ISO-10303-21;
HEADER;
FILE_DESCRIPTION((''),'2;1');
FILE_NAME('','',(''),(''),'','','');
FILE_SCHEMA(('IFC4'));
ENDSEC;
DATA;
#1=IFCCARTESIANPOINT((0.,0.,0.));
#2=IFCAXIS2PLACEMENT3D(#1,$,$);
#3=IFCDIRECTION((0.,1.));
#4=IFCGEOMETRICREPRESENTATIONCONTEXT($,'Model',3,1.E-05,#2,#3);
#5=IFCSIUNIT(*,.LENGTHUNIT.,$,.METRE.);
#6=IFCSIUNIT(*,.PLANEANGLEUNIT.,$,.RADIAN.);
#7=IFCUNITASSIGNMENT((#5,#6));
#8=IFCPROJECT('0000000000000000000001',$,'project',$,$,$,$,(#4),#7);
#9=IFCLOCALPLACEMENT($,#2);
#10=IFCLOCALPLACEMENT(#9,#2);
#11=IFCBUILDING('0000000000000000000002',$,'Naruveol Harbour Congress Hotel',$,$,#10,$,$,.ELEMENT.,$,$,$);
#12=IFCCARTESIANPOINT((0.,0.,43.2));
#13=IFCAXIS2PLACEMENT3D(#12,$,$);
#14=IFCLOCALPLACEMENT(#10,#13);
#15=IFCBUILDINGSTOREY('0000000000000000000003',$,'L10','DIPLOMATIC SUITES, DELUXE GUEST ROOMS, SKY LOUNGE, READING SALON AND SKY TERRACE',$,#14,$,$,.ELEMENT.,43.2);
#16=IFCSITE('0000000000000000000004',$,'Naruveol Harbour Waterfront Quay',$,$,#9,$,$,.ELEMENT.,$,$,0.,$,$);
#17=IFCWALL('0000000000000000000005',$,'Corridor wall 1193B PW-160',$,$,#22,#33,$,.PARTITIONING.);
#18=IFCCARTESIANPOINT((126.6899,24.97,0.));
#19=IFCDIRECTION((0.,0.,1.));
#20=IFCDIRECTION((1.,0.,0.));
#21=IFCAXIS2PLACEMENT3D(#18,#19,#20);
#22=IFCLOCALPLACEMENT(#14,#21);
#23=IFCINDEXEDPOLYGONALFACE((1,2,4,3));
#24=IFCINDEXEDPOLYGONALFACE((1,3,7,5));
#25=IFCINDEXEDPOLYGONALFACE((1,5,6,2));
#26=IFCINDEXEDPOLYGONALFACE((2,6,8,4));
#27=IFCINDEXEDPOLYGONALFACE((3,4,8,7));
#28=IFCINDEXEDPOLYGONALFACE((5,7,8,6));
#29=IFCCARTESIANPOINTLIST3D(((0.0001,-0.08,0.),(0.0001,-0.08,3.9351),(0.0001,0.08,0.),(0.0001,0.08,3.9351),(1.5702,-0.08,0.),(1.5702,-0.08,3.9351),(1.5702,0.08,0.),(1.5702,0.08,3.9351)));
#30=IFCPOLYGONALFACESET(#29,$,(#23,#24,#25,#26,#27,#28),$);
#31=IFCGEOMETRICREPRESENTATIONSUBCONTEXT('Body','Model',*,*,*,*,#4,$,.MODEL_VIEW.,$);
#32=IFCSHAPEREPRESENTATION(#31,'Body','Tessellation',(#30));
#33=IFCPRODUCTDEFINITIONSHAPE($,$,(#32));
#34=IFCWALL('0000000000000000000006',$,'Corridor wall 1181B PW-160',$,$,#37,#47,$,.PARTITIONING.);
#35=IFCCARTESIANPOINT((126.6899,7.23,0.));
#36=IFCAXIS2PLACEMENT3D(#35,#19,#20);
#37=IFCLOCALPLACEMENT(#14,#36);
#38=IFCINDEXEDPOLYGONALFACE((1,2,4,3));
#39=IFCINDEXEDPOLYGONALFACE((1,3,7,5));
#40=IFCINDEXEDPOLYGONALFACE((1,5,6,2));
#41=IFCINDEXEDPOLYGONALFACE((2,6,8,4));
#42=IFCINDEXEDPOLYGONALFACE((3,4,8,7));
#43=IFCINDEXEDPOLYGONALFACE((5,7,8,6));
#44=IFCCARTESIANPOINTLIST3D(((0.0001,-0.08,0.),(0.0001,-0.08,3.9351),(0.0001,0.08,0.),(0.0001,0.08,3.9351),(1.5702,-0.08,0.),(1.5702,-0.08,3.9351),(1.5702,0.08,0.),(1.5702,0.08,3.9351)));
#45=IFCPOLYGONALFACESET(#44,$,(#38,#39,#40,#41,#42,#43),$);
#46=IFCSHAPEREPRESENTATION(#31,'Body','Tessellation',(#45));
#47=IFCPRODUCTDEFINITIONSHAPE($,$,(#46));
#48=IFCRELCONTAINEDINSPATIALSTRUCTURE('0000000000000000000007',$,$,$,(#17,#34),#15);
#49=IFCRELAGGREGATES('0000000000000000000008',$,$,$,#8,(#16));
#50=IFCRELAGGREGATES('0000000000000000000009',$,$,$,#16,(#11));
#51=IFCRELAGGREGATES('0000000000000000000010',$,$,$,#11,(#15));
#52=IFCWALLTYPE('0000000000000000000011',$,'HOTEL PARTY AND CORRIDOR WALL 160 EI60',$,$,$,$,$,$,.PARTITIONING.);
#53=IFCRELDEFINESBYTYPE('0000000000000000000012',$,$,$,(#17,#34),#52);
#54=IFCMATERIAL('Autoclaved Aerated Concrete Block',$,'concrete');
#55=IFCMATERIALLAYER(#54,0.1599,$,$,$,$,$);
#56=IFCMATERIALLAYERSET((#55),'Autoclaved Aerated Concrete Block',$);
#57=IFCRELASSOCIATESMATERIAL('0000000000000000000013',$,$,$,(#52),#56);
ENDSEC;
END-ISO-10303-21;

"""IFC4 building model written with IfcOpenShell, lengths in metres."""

from ifc_helpers import new_model, si_unit, direction, frame, frame_2d, origin, place, context, subcontext, project, spatial, rectangle, extrude, material, layer, layer_set, type_object, element, save


model = new_model("IFC4")

# Units and contexts
model_context = context("Model", 3, precision=1e-05, world=origin(), true_north=direction((0.0, 1.0)))
body_context = subcontext(model_context, "Body", "Model", "MODEL_VIEW")
ifc_project = project(units=[si_unit("LENGTHUNIT", "METRE"), si_unit("PLANEANGLEUNIT", "RADIAN")], contexts=[model_context])

# Site, building, storey
site_placement = place(None, origin())
site = spatial("IfcSite", under=ifc_project, at=site_placement, Name="Naruveol Harbour Waterfront Quay", CompositionType="ELEMENT", RefElevation=0.0)
building_placement = place(site_placement, origin())
building = spatial("IfcBuilding", under=site, at=building_placement, Name="Naruveol Harbour Congress Hotel", CompositionType="ELEMENT")
storey_placement = place(building_placement, frame((0.0, 0.0, 43.2)))
storey = spatial("IfcBuildingStorey", under=building, at=storey_placement, Name="L10", Description="DIPLOMATIC SUITES, DELUXE GUEST ROOMS, SKY LOUNGE, READING SALON AND SKY TERRACE", CompositionType="ELEMENT", Elevation=43.2)

# Walls
ifc_material_1 = material(Name="Autoclaved Aerated Concrete Block", Category="concrete")
ifc_layer_1 = layer(ifc_material_1, 0.1599)
ifc_layer_set_1 = layer_set([ifc_layer_1], Name="Autoclaved Aerated Concrete Block")
wall_type_1 = type_object("IfcWallType", Name="HOTEL PARTY AND CORRIDOR WALL 160 EI60", PredefinedType="PARTITIONING", material=ifc_layer_set_1)
wall_1_placement = place(storey_placement, frame((126.6899, 24.97, 0.0), z_axis=(0.0, 0.0, 1.0), x_axis=(1.0, 0.0, 0.0)))
element("IfcWall", 1, at=wall_1_placement, inside=storey, type_object=wall_type_1, Name="Corridor wall 1193B PW-160", PredefinedType="PARTITIONING", context=body_context, shape_type="SweptSolid", body=[
    extrude(rectangle(XDim=1.5701, YDim=0.1599, at=frame_2d((0.7852, 0.0))), origin(), (0.0, 0.0, 1.0), 3.9351),
])
wall_2_placement = place(storey_placement, frame((126.6899, 7.23, 0.0), z_axis=(0.0, 0.0, 1.0), x_axis=(1.0, 0.0, 0.0)))
element("IfcWall", 2, at=wall_2_placement, inside=storey, type_object=wall_type_1, Name="Corridor wall 1181B PW-160", PredefinedType="PARTITIONING", context=body_context, shape_type="SweptSolid", body=[
    extrude(rectangle(XDim=1.5701, YDim=0.1599, at=frame_2d((0.7852, 0.0))), origin(), (0.0, 0.0, 1.0), 3.9351),
])

save(model, "model.ifc")
